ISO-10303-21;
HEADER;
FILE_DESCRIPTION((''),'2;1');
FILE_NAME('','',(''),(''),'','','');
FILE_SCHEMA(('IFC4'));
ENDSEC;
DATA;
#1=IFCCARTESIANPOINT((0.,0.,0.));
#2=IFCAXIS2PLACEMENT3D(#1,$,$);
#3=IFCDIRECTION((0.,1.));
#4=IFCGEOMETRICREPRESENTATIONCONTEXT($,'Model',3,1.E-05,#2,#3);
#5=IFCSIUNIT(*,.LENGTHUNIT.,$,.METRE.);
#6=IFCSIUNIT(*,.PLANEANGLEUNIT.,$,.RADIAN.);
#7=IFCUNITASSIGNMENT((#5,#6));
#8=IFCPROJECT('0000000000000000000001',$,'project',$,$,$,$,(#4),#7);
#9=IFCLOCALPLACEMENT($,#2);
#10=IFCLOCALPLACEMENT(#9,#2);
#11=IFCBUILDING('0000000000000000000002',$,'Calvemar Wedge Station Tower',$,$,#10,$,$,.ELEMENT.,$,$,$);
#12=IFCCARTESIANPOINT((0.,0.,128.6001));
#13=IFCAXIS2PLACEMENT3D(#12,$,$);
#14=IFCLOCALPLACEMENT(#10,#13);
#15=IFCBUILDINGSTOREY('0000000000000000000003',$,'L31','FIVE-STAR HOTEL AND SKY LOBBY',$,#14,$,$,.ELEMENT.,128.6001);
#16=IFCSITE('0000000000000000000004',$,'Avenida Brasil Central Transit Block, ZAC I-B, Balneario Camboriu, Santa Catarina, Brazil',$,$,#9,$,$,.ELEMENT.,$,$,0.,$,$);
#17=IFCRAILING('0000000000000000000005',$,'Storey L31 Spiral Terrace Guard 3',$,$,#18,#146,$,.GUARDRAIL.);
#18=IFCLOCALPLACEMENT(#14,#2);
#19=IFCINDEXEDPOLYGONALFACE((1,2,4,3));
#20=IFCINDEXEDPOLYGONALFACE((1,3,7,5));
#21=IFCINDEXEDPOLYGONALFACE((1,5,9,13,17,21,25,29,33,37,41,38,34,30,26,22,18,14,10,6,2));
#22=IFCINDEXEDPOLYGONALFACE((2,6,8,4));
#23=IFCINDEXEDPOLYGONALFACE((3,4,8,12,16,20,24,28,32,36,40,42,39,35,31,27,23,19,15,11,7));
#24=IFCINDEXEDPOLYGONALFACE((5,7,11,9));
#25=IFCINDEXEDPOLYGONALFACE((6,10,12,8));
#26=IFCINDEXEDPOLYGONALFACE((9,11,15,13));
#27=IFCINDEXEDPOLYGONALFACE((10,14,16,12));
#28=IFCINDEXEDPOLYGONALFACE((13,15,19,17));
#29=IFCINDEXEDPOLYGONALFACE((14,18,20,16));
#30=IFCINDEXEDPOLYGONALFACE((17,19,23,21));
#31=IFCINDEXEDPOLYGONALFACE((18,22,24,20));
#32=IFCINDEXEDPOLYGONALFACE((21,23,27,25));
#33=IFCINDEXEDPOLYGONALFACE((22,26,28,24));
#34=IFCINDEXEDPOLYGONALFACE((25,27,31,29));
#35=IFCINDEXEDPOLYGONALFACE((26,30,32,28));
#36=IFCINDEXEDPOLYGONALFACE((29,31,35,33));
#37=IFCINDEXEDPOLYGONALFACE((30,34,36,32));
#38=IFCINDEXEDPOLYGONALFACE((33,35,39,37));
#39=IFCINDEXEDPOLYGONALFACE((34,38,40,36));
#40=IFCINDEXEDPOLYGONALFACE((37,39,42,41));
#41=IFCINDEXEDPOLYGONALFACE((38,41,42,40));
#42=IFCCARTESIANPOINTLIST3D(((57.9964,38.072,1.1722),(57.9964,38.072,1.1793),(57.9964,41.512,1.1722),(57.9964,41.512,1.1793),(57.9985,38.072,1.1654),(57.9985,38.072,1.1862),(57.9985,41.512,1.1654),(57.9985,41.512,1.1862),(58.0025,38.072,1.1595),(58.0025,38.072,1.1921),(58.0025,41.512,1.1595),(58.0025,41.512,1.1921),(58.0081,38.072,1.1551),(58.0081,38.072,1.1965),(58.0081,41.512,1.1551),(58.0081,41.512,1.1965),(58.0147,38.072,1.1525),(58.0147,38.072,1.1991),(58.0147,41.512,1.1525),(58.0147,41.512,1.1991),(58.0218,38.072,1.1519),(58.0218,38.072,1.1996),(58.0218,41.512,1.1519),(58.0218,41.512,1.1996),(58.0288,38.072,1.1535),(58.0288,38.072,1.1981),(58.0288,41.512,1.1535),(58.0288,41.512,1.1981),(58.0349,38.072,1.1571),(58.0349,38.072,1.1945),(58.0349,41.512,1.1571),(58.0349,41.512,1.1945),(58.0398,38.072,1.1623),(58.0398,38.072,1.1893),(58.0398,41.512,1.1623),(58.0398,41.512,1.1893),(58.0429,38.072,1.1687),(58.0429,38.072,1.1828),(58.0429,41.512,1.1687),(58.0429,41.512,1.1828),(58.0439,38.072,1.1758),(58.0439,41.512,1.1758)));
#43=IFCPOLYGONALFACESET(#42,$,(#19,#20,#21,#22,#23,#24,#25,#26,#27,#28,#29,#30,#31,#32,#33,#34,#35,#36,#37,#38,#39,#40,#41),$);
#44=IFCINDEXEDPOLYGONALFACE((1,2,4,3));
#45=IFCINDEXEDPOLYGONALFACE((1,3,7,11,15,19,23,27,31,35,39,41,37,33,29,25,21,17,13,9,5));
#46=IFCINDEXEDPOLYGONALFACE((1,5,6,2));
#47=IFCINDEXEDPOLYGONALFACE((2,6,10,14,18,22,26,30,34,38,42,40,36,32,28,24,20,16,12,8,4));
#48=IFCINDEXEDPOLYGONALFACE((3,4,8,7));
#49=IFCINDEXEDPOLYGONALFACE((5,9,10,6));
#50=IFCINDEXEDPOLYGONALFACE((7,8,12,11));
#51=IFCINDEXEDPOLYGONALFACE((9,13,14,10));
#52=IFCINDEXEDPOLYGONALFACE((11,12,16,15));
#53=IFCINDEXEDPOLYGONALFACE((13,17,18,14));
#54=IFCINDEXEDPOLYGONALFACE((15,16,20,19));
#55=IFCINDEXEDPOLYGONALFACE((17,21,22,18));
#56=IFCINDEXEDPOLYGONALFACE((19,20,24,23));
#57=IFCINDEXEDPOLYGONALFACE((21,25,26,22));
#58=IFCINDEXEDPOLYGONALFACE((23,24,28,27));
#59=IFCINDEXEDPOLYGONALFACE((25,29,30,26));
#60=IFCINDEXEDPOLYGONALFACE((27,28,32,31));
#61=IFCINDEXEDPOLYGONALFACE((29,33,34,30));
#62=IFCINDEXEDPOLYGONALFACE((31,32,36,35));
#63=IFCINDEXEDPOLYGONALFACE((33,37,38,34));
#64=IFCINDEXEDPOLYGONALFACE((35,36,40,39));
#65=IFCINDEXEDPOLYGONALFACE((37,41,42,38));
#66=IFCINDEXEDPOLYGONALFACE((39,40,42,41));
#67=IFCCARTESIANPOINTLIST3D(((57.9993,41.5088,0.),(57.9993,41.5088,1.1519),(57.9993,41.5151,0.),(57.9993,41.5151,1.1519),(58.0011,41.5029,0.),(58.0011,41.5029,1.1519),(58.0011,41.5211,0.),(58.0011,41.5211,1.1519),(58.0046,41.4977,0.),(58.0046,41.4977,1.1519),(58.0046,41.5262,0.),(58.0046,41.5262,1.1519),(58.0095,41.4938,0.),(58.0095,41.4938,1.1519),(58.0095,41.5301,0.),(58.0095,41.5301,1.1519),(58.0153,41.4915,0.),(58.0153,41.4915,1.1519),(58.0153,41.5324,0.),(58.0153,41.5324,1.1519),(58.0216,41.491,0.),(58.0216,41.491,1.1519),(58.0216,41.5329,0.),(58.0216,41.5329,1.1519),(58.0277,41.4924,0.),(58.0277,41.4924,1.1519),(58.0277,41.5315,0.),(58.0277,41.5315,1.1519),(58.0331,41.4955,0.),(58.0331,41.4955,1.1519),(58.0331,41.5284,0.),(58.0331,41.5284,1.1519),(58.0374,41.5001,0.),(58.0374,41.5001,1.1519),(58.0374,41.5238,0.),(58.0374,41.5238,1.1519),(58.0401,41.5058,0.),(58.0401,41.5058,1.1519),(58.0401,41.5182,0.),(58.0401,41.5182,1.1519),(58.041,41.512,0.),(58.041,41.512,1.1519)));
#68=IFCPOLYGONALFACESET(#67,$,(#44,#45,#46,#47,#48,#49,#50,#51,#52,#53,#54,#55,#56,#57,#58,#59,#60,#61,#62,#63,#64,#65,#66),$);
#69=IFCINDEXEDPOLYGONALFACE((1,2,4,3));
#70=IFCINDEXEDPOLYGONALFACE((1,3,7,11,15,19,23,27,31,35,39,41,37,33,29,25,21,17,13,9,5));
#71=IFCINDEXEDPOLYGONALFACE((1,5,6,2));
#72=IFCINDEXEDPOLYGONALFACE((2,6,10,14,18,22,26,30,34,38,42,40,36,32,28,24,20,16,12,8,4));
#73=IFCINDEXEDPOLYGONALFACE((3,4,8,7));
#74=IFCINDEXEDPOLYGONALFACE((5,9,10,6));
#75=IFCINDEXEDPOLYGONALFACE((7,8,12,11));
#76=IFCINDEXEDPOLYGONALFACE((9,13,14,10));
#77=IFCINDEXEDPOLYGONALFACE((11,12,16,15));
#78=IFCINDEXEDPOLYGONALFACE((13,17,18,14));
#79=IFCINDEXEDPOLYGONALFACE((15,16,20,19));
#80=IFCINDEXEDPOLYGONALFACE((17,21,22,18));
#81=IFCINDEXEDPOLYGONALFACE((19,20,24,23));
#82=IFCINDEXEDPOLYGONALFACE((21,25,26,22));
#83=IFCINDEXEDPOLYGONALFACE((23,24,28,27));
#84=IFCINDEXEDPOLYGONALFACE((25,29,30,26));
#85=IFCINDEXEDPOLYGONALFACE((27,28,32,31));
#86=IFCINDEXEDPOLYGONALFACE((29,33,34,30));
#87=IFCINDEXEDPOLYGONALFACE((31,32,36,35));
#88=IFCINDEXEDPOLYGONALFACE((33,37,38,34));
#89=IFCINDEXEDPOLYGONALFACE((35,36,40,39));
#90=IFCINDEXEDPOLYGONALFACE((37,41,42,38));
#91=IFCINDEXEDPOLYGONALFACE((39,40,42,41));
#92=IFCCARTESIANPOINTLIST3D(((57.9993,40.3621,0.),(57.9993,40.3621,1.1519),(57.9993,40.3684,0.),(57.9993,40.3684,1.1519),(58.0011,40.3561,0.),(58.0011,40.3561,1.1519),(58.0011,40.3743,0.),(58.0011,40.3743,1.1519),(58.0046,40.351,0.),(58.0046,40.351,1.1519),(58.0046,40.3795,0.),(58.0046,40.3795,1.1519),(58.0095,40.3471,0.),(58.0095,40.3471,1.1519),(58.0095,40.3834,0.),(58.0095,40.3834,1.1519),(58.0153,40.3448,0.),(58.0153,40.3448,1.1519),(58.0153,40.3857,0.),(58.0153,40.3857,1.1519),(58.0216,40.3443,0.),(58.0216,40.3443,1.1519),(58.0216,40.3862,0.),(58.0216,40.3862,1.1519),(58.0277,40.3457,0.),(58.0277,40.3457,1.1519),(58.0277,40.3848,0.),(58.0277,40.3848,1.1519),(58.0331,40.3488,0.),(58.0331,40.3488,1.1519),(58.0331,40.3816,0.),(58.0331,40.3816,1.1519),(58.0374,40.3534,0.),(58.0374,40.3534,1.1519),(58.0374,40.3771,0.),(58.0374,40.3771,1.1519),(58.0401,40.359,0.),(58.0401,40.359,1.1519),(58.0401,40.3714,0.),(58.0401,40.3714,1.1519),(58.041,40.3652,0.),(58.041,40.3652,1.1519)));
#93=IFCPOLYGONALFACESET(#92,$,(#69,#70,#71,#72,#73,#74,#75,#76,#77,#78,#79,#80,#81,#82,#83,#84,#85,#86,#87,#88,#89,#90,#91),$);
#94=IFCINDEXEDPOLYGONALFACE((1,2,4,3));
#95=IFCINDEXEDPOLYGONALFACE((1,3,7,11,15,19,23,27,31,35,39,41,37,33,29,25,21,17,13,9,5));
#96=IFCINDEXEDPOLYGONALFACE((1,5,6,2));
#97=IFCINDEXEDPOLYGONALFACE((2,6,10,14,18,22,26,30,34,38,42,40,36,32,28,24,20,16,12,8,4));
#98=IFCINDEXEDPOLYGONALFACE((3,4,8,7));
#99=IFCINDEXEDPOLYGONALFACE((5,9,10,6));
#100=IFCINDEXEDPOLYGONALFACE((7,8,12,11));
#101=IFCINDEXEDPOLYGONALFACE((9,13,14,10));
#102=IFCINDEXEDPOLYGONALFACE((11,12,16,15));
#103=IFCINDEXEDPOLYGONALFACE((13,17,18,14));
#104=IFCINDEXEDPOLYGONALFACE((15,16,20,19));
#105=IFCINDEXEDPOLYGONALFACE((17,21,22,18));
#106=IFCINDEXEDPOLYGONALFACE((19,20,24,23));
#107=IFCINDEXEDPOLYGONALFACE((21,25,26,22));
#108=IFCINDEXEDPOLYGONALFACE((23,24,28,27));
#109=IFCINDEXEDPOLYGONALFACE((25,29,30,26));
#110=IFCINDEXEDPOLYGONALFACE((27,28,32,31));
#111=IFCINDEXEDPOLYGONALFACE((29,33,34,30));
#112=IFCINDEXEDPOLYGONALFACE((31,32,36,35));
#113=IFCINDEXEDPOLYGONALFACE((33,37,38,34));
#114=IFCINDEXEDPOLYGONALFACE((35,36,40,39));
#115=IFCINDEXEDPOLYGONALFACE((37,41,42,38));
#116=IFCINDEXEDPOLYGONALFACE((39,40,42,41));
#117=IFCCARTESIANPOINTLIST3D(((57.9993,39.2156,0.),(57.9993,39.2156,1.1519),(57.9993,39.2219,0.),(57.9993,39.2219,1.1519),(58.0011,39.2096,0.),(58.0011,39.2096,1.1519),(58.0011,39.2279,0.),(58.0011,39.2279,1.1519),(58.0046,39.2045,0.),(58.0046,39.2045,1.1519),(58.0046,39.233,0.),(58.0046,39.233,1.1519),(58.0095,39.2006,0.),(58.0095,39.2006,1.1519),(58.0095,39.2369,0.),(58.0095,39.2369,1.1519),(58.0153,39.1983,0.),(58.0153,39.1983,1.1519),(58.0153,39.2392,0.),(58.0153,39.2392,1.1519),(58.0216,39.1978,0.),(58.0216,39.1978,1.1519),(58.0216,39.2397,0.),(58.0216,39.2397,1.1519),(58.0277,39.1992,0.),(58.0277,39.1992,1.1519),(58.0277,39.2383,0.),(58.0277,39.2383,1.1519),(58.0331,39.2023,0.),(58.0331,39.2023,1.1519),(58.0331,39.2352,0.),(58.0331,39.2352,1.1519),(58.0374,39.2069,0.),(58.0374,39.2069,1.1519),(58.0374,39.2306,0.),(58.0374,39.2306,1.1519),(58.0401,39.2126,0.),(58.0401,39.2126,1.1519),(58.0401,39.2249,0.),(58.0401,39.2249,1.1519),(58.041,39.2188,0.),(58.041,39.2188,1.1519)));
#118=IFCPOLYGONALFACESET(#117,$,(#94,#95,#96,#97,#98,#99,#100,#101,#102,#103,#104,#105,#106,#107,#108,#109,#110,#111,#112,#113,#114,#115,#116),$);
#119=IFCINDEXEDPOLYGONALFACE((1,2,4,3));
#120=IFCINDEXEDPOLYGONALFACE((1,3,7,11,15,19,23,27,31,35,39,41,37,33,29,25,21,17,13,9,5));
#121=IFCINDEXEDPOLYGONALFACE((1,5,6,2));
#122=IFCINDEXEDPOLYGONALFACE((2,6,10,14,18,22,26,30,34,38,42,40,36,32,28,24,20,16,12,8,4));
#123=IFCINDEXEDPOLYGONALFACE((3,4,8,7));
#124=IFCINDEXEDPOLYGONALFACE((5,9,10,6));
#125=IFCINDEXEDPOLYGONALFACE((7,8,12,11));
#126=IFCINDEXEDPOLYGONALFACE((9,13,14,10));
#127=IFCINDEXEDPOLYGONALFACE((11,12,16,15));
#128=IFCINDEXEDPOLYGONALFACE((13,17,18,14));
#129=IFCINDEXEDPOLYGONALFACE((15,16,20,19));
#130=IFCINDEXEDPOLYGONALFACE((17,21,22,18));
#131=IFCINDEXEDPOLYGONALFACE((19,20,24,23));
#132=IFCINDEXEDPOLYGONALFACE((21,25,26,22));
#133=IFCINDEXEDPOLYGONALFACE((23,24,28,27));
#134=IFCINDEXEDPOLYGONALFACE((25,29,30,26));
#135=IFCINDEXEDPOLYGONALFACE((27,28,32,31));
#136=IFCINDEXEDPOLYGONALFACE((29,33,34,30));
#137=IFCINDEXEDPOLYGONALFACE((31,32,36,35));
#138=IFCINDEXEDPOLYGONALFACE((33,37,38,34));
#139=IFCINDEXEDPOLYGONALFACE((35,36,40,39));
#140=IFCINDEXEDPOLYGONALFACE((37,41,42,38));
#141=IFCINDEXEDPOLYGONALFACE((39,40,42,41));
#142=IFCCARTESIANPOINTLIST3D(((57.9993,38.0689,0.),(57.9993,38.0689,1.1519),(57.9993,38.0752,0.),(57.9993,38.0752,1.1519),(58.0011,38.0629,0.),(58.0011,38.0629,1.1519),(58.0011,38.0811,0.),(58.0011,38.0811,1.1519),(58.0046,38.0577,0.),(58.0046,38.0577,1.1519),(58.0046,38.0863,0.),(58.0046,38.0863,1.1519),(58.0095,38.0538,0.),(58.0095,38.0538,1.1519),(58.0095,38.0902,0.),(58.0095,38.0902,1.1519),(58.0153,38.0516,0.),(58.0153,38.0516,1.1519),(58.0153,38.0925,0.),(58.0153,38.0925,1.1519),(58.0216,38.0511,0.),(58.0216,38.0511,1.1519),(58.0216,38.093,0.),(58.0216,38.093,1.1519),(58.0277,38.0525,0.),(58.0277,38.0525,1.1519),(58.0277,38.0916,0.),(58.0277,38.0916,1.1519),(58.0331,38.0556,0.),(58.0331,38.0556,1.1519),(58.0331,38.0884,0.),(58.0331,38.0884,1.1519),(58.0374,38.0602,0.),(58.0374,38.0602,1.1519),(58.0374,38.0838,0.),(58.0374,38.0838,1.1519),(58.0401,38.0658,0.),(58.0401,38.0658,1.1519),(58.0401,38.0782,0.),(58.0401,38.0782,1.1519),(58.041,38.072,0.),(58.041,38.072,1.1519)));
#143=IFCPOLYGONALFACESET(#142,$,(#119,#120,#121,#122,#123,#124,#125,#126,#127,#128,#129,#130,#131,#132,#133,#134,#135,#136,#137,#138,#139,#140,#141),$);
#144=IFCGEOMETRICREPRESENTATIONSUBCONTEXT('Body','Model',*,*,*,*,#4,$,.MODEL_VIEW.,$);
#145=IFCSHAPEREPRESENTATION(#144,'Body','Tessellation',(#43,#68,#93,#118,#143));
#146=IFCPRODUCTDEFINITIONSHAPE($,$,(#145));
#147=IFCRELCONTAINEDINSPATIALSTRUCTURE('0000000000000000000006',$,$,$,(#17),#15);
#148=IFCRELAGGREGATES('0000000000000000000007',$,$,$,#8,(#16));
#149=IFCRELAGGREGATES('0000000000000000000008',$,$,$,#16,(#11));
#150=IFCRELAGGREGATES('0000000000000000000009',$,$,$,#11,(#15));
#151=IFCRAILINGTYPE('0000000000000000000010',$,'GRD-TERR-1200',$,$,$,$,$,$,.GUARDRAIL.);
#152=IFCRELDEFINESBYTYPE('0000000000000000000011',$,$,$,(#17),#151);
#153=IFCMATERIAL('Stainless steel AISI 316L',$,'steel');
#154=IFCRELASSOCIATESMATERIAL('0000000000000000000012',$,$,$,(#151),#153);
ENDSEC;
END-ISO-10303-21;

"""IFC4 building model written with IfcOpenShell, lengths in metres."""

from ifc_helpers import new_model, si_unit, direction, frame, origin, origin_2d, place, context, subcontext, project, spatial, circle, extrude, material, type_object, element, save


model = new_model("IFC4")

# Units and contexts
model_context = context("Model", 3, precision=1e-05, world=origin(), true_north=direction((0.0, 1.0)))
body_context = subcontext(model_context, "Body", "Model", "MODEL_VIEW")
ifc_project = project(units=[si_unit("LENGTHUNIT", "METRE"), si_unit("PLANEANGLEUNIT", "RADIAN")], contexts=[model_context])

# Site, building, storey
site_placement = place(None, origin())
site = spatial("IfcSite", under=ifc_project, at=site_placement, Name="Avenida Brasil Central Transit Block, ZAC I-B, Balneario Camboriu, Santa Catarina, Brazil", CompositionType="ELEMENT", RefElevation=0.0)
building_placement = place(site_placement, origin())
building = spatial("IfcBuilding", under=site, at=building_placement, Name="Calvemar Wedge Station Tower", CompositionType="ELEMENT")
storey_placement = place(building_placement, frame((0.0, 0.0, 128.6001)))
storey = spatial("IfcBuildingStorey", under=building, at=storey_placement, Name="L31", Description="FIVE-STAR HOTEL AND SKY LOBBY", CompositionType="ELEMENT", Elevation=128.6001)

# Railing
ifc_material_1 = material(Name="Stainless steel AISI 316L", Category="steel")
railing_type = type_object("IfcRailingType", Name="GRD-TERR-1200", PredefinedType="GUARDRAIL", material=ifc_material_1)
railing_1_placement = place(storey_placement, frame((58.02, 41.512, 0.0)))
element("IfcRailing", 1, at=railing_1_placement, inside=storey, type_object=railing_type, Name="Storey L31 Spiral Terrace Guard 3", PredefinedType="GUARDRAIL", context=body_context, shape_type="SweptSolid", body=[
    extrude(circle(Radius=0.0239, at=origin_2d()), frame((0.0, 0.0, 1.1758), z_axis=(0.0, -1.0, 0.0), x_axis=(1.0, 0.0, 0.0)), (0.0, 0.0, 1.0), 3.4399),
    extrude(circle(Radius=0.021, at=origin_2d()), origin(), (0.0, 0.0, 1.0), 1.1519),
    extrude(circle(Radius=0.021, at=origin_2d()), frame((0.0, -1.1467, 0.0)), (0.0, 0.0, 1.0), 1.1519),
    extrude(circle(Radius=0.021, at=origin_2d()), frame((0.0, -2.2932, 0.0)), (0.0, 0.0, 1.0), 1.1519),
    extrude(circle(Radius=0.021, at=origin_2d()), frame((0.0, -3.4399, 0.0)), (0.0, 0.0, 1.0), 1.1519),
])

save(model, "model.ifc")
